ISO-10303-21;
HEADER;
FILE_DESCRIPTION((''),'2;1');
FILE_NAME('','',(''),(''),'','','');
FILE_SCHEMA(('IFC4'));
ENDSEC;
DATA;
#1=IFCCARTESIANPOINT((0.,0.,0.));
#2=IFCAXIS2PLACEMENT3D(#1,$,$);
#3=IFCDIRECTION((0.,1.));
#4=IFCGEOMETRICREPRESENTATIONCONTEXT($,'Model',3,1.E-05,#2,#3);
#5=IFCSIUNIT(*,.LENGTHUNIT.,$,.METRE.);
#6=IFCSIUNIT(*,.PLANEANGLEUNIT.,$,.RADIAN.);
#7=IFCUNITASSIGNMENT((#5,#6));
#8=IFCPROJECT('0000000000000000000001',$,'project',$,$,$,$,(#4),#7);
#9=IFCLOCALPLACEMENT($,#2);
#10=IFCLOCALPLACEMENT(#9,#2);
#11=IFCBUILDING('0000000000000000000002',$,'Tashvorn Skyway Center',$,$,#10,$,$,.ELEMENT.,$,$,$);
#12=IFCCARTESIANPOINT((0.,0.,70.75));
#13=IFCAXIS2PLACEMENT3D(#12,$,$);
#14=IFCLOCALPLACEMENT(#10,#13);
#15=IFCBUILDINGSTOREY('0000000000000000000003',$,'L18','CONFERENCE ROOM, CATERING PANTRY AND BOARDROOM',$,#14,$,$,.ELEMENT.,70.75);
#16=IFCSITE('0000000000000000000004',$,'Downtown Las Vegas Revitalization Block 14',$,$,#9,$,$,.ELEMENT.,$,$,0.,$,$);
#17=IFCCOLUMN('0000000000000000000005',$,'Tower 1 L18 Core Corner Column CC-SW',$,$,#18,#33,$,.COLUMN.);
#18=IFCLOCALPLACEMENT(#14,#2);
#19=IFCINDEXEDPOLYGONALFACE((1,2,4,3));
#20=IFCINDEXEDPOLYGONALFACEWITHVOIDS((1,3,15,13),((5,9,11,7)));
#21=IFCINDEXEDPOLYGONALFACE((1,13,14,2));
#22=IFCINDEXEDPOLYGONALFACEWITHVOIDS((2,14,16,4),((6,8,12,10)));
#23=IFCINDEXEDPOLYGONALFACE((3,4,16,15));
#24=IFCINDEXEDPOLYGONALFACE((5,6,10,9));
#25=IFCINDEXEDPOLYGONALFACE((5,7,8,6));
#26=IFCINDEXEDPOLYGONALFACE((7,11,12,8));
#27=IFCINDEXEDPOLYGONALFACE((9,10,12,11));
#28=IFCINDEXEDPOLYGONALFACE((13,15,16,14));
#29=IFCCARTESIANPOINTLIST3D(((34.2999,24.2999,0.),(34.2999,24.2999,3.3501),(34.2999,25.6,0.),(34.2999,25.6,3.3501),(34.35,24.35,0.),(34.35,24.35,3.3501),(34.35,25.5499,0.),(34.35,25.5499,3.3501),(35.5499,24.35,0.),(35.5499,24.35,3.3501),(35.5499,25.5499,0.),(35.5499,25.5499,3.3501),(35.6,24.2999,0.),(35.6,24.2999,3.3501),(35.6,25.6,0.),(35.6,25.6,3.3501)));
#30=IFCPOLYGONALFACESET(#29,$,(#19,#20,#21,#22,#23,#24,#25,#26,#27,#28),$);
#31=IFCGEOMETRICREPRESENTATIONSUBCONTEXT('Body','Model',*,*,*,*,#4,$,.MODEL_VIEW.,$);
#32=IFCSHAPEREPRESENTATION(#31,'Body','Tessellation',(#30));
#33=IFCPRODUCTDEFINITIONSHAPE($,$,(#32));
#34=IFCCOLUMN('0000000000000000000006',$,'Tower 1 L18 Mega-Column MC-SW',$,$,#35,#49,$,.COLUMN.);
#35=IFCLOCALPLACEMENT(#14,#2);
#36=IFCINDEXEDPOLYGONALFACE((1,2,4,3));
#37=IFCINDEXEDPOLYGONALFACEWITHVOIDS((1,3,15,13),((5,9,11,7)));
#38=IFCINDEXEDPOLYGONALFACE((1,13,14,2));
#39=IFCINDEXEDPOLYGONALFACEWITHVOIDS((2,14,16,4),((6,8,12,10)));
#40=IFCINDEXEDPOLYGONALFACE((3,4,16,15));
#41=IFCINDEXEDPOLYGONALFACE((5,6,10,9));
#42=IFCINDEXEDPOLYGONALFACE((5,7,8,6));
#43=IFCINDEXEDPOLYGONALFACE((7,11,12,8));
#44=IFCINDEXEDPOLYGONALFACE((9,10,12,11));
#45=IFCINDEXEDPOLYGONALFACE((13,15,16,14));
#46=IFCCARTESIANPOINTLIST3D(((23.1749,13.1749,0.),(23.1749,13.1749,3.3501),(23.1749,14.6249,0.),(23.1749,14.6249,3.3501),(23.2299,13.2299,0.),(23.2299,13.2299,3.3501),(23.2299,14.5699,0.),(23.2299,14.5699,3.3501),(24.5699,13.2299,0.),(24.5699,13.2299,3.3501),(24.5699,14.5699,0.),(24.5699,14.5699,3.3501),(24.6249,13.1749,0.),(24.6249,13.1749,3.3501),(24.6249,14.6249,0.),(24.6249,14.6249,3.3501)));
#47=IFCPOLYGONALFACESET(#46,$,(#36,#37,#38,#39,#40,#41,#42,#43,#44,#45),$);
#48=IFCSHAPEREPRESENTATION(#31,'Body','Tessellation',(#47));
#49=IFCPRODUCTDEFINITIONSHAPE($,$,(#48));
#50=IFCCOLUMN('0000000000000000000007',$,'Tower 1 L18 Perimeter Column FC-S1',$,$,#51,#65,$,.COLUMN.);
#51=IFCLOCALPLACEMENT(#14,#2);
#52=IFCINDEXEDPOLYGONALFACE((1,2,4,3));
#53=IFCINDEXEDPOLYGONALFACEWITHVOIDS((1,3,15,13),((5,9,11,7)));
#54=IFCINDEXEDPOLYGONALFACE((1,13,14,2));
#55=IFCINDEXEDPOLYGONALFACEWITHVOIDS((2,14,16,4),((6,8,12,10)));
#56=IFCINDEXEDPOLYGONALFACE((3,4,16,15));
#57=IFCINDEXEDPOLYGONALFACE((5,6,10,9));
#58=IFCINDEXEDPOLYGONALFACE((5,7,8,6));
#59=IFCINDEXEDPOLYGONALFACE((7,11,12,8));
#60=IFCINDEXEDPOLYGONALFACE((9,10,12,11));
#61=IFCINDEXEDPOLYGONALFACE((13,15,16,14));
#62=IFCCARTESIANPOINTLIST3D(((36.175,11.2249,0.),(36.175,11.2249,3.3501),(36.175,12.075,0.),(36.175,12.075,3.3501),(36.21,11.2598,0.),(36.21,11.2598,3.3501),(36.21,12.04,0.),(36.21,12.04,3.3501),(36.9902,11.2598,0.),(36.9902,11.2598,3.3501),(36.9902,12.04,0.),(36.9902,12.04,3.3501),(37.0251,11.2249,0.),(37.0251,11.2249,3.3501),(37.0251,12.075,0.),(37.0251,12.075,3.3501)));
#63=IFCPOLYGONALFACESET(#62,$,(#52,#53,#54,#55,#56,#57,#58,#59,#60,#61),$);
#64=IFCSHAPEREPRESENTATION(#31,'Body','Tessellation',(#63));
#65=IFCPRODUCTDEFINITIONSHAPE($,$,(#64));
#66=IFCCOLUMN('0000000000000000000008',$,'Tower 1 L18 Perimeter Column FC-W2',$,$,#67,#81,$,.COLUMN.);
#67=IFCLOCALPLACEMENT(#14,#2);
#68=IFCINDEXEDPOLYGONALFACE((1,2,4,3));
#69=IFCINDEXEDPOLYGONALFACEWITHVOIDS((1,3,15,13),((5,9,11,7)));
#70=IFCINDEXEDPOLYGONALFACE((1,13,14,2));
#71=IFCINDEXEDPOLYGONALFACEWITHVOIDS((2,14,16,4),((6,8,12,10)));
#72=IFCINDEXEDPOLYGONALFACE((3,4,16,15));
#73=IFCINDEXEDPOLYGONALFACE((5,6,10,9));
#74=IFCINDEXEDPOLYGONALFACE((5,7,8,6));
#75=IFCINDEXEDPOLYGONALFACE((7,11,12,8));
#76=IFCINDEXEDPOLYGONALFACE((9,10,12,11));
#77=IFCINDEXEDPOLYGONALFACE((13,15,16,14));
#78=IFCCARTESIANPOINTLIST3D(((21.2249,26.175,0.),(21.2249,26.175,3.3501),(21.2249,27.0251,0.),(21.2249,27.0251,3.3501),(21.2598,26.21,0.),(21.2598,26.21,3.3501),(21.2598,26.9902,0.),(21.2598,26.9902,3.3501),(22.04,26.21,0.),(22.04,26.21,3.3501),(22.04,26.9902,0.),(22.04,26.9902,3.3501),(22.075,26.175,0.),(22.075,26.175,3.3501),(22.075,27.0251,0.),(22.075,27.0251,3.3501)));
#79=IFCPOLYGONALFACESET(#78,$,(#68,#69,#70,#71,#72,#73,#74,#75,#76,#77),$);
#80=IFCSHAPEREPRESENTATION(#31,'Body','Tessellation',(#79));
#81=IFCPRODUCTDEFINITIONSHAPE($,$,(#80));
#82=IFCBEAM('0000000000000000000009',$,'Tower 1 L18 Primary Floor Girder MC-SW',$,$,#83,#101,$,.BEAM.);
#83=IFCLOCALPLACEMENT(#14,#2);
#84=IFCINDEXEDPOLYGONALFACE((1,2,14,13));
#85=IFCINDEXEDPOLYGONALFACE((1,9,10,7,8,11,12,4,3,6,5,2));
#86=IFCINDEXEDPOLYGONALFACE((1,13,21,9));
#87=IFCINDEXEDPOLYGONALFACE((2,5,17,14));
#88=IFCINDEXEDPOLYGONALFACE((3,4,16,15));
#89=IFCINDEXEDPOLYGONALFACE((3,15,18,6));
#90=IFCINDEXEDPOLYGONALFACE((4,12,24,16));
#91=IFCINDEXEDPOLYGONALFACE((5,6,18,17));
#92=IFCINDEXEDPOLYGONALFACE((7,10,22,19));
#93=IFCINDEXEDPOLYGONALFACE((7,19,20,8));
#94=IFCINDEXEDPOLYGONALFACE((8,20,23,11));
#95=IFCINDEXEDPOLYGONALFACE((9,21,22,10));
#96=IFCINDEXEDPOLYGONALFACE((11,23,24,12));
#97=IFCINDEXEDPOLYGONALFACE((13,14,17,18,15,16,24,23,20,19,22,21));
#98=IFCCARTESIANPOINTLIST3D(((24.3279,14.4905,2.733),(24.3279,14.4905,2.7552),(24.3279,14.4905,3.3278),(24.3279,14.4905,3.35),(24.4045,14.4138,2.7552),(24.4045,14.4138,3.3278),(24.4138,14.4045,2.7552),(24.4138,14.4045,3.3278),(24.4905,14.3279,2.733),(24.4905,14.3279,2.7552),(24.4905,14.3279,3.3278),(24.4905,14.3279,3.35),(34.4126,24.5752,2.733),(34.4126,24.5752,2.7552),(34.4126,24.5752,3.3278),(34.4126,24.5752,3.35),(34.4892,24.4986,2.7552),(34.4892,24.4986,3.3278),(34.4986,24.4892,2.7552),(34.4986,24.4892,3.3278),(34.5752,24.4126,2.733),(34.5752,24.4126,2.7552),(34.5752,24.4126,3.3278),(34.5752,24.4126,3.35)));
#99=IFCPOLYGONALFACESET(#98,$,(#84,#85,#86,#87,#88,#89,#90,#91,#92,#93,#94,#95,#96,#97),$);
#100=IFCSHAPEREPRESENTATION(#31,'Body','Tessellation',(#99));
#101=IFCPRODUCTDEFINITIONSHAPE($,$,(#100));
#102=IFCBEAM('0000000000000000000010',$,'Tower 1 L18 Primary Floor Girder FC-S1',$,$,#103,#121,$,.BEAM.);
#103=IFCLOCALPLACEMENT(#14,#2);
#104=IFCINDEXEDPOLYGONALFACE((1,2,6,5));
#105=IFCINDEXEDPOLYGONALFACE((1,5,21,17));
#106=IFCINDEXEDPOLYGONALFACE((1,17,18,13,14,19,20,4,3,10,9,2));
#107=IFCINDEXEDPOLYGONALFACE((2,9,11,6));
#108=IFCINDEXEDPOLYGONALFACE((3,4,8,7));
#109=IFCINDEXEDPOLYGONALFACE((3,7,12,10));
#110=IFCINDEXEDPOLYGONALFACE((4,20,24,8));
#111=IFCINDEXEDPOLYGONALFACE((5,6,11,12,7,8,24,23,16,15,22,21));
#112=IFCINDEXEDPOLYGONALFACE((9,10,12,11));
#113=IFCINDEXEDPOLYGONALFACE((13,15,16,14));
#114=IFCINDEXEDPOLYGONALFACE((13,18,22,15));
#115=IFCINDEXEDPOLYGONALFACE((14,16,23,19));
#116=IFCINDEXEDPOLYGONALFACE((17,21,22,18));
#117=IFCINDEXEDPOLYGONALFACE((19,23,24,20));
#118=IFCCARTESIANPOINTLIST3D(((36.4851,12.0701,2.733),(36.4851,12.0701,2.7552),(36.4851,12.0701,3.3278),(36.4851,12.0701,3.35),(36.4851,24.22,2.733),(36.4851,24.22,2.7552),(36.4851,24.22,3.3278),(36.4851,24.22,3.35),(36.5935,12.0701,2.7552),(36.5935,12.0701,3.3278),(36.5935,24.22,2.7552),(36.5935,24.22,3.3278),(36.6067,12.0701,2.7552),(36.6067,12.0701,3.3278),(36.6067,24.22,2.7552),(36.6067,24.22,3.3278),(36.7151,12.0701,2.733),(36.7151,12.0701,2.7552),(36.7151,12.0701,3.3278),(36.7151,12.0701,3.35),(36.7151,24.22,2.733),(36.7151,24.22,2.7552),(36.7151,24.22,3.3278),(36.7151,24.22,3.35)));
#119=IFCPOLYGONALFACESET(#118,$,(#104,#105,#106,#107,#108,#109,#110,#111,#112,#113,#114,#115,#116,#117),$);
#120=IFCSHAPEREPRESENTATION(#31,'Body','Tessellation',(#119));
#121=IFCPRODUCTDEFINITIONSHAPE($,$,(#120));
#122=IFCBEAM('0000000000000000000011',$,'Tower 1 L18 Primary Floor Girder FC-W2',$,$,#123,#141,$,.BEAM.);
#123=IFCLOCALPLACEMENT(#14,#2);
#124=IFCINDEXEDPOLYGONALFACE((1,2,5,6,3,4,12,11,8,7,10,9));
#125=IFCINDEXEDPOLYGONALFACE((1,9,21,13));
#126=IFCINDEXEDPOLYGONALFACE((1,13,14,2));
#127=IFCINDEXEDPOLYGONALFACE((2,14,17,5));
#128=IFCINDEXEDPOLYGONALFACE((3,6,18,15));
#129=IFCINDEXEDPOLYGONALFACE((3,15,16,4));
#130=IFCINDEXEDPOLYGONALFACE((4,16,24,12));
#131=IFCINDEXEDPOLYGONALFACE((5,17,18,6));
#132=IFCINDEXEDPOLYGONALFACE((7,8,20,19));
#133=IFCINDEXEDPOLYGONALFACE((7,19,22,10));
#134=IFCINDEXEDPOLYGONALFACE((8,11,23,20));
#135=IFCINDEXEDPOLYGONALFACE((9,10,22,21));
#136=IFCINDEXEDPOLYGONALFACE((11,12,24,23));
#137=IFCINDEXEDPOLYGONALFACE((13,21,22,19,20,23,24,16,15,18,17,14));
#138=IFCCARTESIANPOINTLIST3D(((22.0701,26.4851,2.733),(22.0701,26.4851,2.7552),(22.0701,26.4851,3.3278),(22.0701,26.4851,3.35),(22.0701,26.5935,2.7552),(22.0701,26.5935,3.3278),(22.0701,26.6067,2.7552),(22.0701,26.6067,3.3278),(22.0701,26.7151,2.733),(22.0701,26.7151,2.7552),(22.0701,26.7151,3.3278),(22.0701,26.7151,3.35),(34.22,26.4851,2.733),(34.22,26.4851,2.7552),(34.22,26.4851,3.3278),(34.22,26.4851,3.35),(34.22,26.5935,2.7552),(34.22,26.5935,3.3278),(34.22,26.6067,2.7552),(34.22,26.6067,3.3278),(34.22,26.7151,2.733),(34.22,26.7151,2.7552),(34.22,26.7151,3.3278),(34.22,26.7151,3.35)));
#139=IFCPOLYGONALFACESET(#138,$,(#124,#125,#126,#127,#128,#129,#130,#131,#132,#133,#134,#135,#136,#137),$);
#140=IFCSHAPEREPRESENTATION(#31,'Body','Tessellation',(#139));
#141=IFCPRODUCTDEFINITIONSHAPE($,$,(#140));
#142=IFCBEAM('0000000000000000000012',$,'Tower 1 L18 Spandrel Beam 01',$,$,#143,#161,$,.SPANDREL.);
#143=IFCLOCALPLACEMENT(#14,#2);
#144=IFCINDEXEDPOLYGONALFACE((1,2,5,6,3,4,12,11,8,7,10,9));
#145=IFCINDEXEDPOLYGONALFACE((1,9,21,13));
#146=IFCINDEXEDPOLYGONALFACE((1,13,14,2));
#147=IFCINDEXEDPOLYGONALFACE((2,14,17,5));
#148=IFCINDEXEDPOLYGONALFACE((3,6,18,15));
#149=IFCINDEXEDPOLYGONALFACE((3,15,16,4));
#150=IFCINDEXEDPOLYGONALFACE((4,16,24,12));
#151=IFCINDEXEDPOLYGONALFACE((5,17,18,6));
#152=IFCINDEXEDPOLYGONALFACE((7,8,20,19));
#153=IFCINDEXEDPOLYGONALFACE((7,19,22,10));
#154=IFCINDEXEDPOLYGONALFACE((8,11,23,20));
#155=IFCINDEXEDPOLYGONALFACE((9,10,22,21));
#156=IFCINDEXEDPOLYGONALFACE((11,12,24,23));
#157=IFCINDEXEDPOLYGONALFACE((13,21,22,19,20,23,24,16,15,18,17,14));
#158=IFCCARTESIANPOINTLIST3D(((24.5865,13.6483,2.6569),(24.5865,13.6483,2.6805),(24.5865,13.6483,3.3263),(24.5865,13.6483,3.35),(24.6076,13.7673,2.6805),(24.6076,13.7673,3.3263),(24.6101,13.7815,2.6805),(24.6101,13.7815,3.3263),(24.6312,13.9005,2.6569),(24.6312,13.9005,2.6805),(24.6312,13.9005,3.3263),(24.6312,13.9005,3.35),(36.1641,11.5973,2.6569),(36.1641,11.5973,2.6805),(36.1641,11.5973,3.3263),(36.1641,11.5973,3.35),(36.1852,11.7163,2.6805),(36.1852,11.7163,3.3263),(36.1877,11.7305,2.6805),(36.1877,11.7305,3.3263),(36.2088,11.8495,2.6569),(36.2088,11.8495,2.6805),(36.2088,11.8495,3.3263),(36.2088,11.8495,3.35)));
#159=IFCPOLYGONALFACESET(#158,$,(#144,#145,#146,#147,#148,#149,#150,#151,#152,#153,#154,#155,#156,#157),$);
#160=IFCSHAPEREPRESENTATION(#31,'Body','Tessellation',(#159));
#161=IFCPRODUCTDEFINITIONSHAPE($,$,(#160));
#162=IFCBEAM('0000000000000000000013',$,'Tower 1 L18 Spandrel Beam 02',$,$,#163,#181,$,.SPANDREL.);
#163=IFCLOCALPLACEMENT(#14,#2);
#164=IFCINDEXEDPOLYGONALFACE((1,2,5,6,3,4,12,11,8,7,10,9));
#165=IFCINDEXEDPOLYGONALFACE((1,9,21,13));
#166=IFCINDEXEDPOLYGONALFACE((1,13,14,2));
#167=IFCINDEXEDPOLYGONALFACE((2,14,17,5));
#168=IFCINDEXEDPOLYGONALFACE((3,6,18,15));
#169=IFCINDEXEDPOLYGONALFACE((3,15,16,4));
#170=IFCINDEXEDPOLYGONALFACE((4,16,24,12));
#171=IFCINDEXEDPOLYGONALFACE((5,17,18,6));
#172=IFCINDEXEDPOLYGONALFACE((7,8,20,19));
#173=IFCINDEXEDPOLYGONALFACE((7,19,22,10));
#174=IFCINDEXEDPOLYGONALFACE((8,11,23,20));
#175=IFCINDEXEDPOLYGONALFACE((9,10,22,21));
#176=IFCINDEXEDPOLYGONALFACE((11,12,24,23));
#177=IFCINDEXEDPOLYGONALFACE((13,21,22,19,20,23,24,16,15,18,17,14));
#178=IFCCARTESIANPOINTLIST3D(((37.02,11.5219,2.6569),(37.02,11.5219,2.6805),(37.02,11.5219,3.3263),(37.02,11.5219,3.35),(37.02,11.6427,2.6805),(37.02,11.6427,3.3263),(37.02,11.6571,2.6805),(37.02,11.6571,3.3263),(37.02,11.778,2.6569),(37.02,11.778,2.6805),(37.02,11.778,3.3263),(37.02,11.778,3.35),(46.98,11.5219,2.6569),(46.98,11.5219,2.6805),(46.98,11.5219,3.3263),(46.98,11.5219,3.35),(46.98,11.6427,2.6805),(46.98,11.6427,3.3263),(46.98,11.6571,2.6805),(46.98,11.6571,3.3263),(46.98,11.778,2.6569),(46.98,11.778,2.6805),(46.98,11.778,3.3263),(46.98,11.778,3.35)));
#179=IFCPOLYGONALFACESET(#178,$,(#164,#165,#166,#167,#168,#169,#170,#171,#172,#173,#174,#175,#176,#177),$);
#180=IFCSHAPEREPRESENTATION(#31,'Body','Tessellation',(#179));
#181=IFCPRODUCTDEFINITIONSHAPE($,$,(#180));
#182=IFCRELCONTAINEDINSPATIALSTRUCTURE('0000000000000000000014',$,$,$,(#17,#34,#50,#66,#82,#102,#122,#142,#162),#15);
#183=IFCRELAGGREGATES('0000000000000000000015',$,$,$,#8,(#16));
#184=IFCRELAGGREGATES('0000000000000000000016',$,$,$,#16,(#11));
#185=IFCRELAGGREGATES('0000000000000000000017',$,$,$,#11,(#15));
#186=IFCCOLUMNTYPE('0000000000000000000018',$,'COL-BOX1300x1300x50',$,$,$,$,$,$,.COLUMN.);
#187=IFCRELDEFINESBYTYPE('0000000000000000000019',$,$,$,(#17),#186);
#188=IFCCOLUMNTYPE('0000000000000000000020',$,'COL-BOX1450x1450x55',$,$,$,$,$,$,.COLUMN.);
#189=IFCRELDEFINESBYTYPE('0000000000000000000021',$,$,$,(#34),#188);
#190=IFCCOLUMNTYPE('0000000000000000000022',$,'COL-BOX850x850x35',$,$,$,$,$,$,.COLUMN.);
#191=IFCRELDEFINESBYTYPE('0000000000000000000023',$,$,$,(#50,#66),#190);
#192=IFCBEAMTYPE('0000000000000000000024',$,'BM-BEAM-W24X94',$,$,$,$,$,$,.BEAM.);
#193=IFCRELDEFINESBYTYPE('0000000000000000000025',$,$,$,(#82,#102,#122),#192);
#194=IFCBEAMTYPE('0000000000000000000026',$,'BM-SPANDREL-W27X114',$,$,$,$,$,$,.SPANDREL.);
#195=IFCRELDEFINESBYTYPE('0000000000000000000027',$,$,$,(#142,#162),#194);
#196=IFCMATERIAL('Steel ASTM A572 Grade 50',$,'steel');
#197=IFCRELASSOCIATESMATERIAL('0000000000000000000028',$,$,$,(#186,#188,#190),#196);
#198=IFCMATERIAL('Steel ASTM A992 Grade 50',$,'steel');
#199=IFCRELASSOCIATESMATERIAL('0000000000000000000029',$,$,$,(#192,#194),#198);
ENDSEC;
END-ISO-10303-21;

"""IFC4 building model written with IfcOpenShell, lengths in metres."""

from ifc_helpers import new_model, si_unit, direction, frame, origin, origin_2d, place, context, subcontext, project, spatial, hollow_rectangle, i_section, extrude, material, material_profile, profile_set, type_object, element, save


model = new_model("IFC4")

# Units and contexts
model_context = context("Model", 3, precision=1e-05, world=origin(), true_north=direction((0.0, 1.0)))
body_context = subcontext(model_context, "Body", "Model", "MODEL_VIEW")
ifc_project = project(units=[si_unit("LENGTHUNIT", "METRE"), si_unit("PLANEANGLEUNIT", "RADIAN")], contexts=[model_context])

# Site, building, storey
site_placement = place(None, origin())
site = spatial("IfcSite", under=ifc_project, at=site_placement, Name="Downtown Las Vegas Revitalization Block 14", CompositionType="ELEMENT", RefElevation=0.0)
building_placement = place(site_placement, origin())
building = spatial("IfcBuilding", under=site, at=building_placement, Name="Tashvorn Skyway Center", CompositionType="ELEMENT")
storey_placement = place(building_placement, frame((0.0, 0.0, 70.75)))
storey = spatial("IfcBuildingStorey", under=building, at=storey_placement, Name="L18", Description="CONFERENCE ROOM, CATERING PANTRY AND BOARDROOM", CompositionType="ELEMENT", Elevation=70.75)

# Columns
ifc_material_1 = material(Name="Steel ASTM A572 Grade 50", Category="steel")
ifc_material_profile_1 = material_profile(ifc_material_1, hollow_rectangle(XDim=1.3, YDim=1.3, WallThickness=0.05, at=origin_2d()), Name="BOX1300x1300x50")
ifc_profile_set_1 = profile_set([ifc_material_profile_1], Name="Steel ASTM A572 Grade 50")
column_type_1 = type_object("IfcColumnType", Name="COL-BOX1300x1300x50", PredefinedType="COLUMN", material=ifc_profile_set_1)
column_1_placement = place(storey_placement, frame((34.95, 24.95, 0.0), z_axis=(0.0, 0.0, 1.0), x_axis=(1.0, 0.0, 0.0)))
element("IfcColumn", 1, at=column_1_placement, inside=storey, type_object=column_type_1, Name="Tower 1 L18 Core Corner Column CC-SW", PredefinedType="COLUMN", context=body_context, shape_type="SweptSolid", body=[
    extrude(hollow_rectangle(XDim=1.3, YDim=1.3, WallThickness=0.05, at=origin_2d()), origin(), (0.0, 0.0, 1.0), 3.3501),
])
ifc_material_profile_2 = material_profile(ifc_material_1, hollow_rectangle(XDim=1.45, YDim=1.45, WallThickness=0.0549, at=origin_2d()), Name="BOX1450x1450x55")
ifc_profile_set_2 = profile_set([ifc_material_profile_2], Name="Steel ASTM A572 Grade 50")
column_type_2 = type_object("IfcColumnType", Name="COL-BOX1450x1450x55", PredefinedType="COLUMN", material=ifc_profile_set_2)
column_2_placement = place(storey_placement, frame((23.8999, 13.8999, 0.0), z_axis=(0.0, 0.0, 1.0), x_axis=(1.0, 0.0, 0.0)))
element("IfcColumn", 2, at=column_2_placement, inside=storey, type_object=column_type_2, Name="Tower 1 L18 Mega-Column MC-SW", PredefinedType="COLUMN", context=body_context, shape_type="SweptSolid", body=[
    extrude(hollow_rectangle(XDim=1.45, YDim=1.45, WallThickness=0.0549, at=origin_2d()), origin(), (0.0, 0.0, 1.0), 3.3501),
])
ifc_material_profile_3 = material_profile(ifc_material_1, hollow_rectangle(XDim=0.8501, YDim=0.8501, WallThickness=0.0349, at=origin_2d()), Name="BOX850x850x35")
ifc_profile_set_3 = profile_set([ifc_material_profile_3], Name="Steel ASTM A572 Grade 50")
column_type_3 = type_object("IfcColumnType", Name="COL-BOX850x850x35", PredefinedType="COLUMN", material=ifc_profile_set_3)
for number, where, z_axis, x_axis, name in (
    (3, (36.6001, 11.6499, 0.0), (0.0, 0.0, 1.0), (1.0, 0.0, 0.0), "Tower 1 L18 Perimeter Column FC-S1"),
    (4, (21.6499, 26.6001, 0.0), (0.0, 0.0, 1.0), (1.0, 0.0, 0.0), "Tower 1 L18 Perimeter Column FC-W2"),
):
    element("IfcColumn", number, at=place(storey_placement, frame(where, z_axis=z_axis, x_axis=x_axis)), inside=storey, type_object=column_type_3, Name=name, PredefinedType="COLUMN", context=body_context, shape_type="SweptSolid", body=[
        extrude(hollow_rectangle(XDim=0.8501, YDim=0.8501, WallThickness=0.0349, at=origin_2d()), origin(), (0.0, 0.0, 1.0), 3.3501),
    ])

# Beams
ifc_material_2 = material(Name="Steel ASTM A992 Grade 50", Category="steel")
ifc_material_profile_4 = material_profile(ifc_material_2, i_section(OverallWidth=0.23, OverallDepth=0.6169, WebThickness=0.0132, FlangeThickness=0.0222, at=origin_2d()), Name="W24X94")
ifc_profile_set_4 = profile_set([ifc_material_profile_4], Name="Steel ASTM A992 Grade 50")
beam_type_1 = type_object("IfcBeamType", Name="BM-BEAM-W24X94", PredefinedType="BEAM", material=ifc_profile_set_4)
beam_1_placement = place(storey_placement, frame((24.4092, 14.4092, 3.0415), z_axis=(0.707107, 0.707107, 0.0), x_axis=(-0.707107, 0.707107, 0.0)))
element("IfcBeam", 5, at=beam_1_placement, inside=storey, type_object=beam_type_1, Name="Tower 1 L18 Primary Floor Girder MC-SW", PredefinedType="BEAM", context=body_context, shape_type="SweptSolid", body=[
    extrude(i_section(OverallWidth=0.23, OverallDepth=0.6169, WebThickness=0.0132, FlangeThickness=0.0222, at=origin_2d()), origin(), (0.0, 0.0, 1.0), 14.262),
])
for number, where, z_axis, x_axis, name in (
    (6, (36.6001, 12.0701, 3.0415), (0.0, 1.0, 0.0), (-1.0, 0.0, 0.0), "Tower 1 L18 Primary Floor Girder FC-S1"),
    (7, (22.0701, 26.6001, 3.0415), (1.0, 0.0, 0.0), (0.0, 1.0, 0.0), "Tower 1 L18 Primary Floor Girder FC-W2"),
):
    element("IfcBeam", number, at=place(storey_placement, frame(where, z_axis=z_axis, x_axis=x_axis)), inside=storey, type_object=beam_type_1, Name=name, PredefinedType="BEAM", context=body_context, shape_type="SweptSolid", body=[
        extrude(i_section(OverallWidth=0.23, OverallDepth=0.6169, WebThickness=0.0132, FlangeThickness=0.0222, at=origin_2d()), origin(), (0.0, 0.0, 1.0), 12.1499),
    ])
ifc_material_profile_5 = material_profile(ifc_material_2, i_section(OverallWidth=0.2561, OverallDepth=0.6931, WebThickness=0.0144, FlangeThickness=0.0237, at=origin_2d()), Name="W27X114")
ifc_profile_set_5 = profile_set([ifc_material_profile_5], Name="Steel ASTM A992 Grade 50")
beam_type_2 = type_object("IfcBeamType", Name="BM-SPANDREL-W27X114", PredefinedType="SPANDREL", material=ifc_profile_set_5)
beam_2_placement = place(storey_placement, frame((24.6089, 13.7744, 3.0034), z_axis=(0.984668, -0.174438, 0.0), x_axis=(0.174438, 0.984668, 0.0)))
element("IfcBeam", 8, at=beam_2_placement, inside=storey, type_object=beam_type_2, Name="Tower 1 L18 Spandrel Beam 01", PredefinedType="SPANDREL", context=body_context, shape_type="SweptSolid", body=[
    extrude(i_section(OverallWidth=0.2561, OverallDepth=0.6931, WebThickness=0.0144, FlangeThickness=0.0237, at=origin_2d()), origin(), (0.0, 0.0, 1.0), 11.7578),
])
beam_3_placement = place(storey_placement, frame((37.02, 11.6499, 3.0034), z_axis=(1.0, 0.0, 0.0), x_axis=(0.0, 1.0, 0.0)))
element("IfcBeam", 9, at=beam_3_placement, inside=storey, type_object=beam_type_2, Name="Tower 1 L18 Spandrel Beam 02", PredefinedType="SPANDREL", context=body_context, shape_type="SweptSolid", body=[
    extrude(i_section(OverallWidth=0.2561, OverallDepth=0.6931, WebThickness=0.0144, FlangeThickness=0.0237, at=origin_2d()), origin(), (0.0, 0.0, 1.0), 9.96),
])

save(model, "model.ifc")
